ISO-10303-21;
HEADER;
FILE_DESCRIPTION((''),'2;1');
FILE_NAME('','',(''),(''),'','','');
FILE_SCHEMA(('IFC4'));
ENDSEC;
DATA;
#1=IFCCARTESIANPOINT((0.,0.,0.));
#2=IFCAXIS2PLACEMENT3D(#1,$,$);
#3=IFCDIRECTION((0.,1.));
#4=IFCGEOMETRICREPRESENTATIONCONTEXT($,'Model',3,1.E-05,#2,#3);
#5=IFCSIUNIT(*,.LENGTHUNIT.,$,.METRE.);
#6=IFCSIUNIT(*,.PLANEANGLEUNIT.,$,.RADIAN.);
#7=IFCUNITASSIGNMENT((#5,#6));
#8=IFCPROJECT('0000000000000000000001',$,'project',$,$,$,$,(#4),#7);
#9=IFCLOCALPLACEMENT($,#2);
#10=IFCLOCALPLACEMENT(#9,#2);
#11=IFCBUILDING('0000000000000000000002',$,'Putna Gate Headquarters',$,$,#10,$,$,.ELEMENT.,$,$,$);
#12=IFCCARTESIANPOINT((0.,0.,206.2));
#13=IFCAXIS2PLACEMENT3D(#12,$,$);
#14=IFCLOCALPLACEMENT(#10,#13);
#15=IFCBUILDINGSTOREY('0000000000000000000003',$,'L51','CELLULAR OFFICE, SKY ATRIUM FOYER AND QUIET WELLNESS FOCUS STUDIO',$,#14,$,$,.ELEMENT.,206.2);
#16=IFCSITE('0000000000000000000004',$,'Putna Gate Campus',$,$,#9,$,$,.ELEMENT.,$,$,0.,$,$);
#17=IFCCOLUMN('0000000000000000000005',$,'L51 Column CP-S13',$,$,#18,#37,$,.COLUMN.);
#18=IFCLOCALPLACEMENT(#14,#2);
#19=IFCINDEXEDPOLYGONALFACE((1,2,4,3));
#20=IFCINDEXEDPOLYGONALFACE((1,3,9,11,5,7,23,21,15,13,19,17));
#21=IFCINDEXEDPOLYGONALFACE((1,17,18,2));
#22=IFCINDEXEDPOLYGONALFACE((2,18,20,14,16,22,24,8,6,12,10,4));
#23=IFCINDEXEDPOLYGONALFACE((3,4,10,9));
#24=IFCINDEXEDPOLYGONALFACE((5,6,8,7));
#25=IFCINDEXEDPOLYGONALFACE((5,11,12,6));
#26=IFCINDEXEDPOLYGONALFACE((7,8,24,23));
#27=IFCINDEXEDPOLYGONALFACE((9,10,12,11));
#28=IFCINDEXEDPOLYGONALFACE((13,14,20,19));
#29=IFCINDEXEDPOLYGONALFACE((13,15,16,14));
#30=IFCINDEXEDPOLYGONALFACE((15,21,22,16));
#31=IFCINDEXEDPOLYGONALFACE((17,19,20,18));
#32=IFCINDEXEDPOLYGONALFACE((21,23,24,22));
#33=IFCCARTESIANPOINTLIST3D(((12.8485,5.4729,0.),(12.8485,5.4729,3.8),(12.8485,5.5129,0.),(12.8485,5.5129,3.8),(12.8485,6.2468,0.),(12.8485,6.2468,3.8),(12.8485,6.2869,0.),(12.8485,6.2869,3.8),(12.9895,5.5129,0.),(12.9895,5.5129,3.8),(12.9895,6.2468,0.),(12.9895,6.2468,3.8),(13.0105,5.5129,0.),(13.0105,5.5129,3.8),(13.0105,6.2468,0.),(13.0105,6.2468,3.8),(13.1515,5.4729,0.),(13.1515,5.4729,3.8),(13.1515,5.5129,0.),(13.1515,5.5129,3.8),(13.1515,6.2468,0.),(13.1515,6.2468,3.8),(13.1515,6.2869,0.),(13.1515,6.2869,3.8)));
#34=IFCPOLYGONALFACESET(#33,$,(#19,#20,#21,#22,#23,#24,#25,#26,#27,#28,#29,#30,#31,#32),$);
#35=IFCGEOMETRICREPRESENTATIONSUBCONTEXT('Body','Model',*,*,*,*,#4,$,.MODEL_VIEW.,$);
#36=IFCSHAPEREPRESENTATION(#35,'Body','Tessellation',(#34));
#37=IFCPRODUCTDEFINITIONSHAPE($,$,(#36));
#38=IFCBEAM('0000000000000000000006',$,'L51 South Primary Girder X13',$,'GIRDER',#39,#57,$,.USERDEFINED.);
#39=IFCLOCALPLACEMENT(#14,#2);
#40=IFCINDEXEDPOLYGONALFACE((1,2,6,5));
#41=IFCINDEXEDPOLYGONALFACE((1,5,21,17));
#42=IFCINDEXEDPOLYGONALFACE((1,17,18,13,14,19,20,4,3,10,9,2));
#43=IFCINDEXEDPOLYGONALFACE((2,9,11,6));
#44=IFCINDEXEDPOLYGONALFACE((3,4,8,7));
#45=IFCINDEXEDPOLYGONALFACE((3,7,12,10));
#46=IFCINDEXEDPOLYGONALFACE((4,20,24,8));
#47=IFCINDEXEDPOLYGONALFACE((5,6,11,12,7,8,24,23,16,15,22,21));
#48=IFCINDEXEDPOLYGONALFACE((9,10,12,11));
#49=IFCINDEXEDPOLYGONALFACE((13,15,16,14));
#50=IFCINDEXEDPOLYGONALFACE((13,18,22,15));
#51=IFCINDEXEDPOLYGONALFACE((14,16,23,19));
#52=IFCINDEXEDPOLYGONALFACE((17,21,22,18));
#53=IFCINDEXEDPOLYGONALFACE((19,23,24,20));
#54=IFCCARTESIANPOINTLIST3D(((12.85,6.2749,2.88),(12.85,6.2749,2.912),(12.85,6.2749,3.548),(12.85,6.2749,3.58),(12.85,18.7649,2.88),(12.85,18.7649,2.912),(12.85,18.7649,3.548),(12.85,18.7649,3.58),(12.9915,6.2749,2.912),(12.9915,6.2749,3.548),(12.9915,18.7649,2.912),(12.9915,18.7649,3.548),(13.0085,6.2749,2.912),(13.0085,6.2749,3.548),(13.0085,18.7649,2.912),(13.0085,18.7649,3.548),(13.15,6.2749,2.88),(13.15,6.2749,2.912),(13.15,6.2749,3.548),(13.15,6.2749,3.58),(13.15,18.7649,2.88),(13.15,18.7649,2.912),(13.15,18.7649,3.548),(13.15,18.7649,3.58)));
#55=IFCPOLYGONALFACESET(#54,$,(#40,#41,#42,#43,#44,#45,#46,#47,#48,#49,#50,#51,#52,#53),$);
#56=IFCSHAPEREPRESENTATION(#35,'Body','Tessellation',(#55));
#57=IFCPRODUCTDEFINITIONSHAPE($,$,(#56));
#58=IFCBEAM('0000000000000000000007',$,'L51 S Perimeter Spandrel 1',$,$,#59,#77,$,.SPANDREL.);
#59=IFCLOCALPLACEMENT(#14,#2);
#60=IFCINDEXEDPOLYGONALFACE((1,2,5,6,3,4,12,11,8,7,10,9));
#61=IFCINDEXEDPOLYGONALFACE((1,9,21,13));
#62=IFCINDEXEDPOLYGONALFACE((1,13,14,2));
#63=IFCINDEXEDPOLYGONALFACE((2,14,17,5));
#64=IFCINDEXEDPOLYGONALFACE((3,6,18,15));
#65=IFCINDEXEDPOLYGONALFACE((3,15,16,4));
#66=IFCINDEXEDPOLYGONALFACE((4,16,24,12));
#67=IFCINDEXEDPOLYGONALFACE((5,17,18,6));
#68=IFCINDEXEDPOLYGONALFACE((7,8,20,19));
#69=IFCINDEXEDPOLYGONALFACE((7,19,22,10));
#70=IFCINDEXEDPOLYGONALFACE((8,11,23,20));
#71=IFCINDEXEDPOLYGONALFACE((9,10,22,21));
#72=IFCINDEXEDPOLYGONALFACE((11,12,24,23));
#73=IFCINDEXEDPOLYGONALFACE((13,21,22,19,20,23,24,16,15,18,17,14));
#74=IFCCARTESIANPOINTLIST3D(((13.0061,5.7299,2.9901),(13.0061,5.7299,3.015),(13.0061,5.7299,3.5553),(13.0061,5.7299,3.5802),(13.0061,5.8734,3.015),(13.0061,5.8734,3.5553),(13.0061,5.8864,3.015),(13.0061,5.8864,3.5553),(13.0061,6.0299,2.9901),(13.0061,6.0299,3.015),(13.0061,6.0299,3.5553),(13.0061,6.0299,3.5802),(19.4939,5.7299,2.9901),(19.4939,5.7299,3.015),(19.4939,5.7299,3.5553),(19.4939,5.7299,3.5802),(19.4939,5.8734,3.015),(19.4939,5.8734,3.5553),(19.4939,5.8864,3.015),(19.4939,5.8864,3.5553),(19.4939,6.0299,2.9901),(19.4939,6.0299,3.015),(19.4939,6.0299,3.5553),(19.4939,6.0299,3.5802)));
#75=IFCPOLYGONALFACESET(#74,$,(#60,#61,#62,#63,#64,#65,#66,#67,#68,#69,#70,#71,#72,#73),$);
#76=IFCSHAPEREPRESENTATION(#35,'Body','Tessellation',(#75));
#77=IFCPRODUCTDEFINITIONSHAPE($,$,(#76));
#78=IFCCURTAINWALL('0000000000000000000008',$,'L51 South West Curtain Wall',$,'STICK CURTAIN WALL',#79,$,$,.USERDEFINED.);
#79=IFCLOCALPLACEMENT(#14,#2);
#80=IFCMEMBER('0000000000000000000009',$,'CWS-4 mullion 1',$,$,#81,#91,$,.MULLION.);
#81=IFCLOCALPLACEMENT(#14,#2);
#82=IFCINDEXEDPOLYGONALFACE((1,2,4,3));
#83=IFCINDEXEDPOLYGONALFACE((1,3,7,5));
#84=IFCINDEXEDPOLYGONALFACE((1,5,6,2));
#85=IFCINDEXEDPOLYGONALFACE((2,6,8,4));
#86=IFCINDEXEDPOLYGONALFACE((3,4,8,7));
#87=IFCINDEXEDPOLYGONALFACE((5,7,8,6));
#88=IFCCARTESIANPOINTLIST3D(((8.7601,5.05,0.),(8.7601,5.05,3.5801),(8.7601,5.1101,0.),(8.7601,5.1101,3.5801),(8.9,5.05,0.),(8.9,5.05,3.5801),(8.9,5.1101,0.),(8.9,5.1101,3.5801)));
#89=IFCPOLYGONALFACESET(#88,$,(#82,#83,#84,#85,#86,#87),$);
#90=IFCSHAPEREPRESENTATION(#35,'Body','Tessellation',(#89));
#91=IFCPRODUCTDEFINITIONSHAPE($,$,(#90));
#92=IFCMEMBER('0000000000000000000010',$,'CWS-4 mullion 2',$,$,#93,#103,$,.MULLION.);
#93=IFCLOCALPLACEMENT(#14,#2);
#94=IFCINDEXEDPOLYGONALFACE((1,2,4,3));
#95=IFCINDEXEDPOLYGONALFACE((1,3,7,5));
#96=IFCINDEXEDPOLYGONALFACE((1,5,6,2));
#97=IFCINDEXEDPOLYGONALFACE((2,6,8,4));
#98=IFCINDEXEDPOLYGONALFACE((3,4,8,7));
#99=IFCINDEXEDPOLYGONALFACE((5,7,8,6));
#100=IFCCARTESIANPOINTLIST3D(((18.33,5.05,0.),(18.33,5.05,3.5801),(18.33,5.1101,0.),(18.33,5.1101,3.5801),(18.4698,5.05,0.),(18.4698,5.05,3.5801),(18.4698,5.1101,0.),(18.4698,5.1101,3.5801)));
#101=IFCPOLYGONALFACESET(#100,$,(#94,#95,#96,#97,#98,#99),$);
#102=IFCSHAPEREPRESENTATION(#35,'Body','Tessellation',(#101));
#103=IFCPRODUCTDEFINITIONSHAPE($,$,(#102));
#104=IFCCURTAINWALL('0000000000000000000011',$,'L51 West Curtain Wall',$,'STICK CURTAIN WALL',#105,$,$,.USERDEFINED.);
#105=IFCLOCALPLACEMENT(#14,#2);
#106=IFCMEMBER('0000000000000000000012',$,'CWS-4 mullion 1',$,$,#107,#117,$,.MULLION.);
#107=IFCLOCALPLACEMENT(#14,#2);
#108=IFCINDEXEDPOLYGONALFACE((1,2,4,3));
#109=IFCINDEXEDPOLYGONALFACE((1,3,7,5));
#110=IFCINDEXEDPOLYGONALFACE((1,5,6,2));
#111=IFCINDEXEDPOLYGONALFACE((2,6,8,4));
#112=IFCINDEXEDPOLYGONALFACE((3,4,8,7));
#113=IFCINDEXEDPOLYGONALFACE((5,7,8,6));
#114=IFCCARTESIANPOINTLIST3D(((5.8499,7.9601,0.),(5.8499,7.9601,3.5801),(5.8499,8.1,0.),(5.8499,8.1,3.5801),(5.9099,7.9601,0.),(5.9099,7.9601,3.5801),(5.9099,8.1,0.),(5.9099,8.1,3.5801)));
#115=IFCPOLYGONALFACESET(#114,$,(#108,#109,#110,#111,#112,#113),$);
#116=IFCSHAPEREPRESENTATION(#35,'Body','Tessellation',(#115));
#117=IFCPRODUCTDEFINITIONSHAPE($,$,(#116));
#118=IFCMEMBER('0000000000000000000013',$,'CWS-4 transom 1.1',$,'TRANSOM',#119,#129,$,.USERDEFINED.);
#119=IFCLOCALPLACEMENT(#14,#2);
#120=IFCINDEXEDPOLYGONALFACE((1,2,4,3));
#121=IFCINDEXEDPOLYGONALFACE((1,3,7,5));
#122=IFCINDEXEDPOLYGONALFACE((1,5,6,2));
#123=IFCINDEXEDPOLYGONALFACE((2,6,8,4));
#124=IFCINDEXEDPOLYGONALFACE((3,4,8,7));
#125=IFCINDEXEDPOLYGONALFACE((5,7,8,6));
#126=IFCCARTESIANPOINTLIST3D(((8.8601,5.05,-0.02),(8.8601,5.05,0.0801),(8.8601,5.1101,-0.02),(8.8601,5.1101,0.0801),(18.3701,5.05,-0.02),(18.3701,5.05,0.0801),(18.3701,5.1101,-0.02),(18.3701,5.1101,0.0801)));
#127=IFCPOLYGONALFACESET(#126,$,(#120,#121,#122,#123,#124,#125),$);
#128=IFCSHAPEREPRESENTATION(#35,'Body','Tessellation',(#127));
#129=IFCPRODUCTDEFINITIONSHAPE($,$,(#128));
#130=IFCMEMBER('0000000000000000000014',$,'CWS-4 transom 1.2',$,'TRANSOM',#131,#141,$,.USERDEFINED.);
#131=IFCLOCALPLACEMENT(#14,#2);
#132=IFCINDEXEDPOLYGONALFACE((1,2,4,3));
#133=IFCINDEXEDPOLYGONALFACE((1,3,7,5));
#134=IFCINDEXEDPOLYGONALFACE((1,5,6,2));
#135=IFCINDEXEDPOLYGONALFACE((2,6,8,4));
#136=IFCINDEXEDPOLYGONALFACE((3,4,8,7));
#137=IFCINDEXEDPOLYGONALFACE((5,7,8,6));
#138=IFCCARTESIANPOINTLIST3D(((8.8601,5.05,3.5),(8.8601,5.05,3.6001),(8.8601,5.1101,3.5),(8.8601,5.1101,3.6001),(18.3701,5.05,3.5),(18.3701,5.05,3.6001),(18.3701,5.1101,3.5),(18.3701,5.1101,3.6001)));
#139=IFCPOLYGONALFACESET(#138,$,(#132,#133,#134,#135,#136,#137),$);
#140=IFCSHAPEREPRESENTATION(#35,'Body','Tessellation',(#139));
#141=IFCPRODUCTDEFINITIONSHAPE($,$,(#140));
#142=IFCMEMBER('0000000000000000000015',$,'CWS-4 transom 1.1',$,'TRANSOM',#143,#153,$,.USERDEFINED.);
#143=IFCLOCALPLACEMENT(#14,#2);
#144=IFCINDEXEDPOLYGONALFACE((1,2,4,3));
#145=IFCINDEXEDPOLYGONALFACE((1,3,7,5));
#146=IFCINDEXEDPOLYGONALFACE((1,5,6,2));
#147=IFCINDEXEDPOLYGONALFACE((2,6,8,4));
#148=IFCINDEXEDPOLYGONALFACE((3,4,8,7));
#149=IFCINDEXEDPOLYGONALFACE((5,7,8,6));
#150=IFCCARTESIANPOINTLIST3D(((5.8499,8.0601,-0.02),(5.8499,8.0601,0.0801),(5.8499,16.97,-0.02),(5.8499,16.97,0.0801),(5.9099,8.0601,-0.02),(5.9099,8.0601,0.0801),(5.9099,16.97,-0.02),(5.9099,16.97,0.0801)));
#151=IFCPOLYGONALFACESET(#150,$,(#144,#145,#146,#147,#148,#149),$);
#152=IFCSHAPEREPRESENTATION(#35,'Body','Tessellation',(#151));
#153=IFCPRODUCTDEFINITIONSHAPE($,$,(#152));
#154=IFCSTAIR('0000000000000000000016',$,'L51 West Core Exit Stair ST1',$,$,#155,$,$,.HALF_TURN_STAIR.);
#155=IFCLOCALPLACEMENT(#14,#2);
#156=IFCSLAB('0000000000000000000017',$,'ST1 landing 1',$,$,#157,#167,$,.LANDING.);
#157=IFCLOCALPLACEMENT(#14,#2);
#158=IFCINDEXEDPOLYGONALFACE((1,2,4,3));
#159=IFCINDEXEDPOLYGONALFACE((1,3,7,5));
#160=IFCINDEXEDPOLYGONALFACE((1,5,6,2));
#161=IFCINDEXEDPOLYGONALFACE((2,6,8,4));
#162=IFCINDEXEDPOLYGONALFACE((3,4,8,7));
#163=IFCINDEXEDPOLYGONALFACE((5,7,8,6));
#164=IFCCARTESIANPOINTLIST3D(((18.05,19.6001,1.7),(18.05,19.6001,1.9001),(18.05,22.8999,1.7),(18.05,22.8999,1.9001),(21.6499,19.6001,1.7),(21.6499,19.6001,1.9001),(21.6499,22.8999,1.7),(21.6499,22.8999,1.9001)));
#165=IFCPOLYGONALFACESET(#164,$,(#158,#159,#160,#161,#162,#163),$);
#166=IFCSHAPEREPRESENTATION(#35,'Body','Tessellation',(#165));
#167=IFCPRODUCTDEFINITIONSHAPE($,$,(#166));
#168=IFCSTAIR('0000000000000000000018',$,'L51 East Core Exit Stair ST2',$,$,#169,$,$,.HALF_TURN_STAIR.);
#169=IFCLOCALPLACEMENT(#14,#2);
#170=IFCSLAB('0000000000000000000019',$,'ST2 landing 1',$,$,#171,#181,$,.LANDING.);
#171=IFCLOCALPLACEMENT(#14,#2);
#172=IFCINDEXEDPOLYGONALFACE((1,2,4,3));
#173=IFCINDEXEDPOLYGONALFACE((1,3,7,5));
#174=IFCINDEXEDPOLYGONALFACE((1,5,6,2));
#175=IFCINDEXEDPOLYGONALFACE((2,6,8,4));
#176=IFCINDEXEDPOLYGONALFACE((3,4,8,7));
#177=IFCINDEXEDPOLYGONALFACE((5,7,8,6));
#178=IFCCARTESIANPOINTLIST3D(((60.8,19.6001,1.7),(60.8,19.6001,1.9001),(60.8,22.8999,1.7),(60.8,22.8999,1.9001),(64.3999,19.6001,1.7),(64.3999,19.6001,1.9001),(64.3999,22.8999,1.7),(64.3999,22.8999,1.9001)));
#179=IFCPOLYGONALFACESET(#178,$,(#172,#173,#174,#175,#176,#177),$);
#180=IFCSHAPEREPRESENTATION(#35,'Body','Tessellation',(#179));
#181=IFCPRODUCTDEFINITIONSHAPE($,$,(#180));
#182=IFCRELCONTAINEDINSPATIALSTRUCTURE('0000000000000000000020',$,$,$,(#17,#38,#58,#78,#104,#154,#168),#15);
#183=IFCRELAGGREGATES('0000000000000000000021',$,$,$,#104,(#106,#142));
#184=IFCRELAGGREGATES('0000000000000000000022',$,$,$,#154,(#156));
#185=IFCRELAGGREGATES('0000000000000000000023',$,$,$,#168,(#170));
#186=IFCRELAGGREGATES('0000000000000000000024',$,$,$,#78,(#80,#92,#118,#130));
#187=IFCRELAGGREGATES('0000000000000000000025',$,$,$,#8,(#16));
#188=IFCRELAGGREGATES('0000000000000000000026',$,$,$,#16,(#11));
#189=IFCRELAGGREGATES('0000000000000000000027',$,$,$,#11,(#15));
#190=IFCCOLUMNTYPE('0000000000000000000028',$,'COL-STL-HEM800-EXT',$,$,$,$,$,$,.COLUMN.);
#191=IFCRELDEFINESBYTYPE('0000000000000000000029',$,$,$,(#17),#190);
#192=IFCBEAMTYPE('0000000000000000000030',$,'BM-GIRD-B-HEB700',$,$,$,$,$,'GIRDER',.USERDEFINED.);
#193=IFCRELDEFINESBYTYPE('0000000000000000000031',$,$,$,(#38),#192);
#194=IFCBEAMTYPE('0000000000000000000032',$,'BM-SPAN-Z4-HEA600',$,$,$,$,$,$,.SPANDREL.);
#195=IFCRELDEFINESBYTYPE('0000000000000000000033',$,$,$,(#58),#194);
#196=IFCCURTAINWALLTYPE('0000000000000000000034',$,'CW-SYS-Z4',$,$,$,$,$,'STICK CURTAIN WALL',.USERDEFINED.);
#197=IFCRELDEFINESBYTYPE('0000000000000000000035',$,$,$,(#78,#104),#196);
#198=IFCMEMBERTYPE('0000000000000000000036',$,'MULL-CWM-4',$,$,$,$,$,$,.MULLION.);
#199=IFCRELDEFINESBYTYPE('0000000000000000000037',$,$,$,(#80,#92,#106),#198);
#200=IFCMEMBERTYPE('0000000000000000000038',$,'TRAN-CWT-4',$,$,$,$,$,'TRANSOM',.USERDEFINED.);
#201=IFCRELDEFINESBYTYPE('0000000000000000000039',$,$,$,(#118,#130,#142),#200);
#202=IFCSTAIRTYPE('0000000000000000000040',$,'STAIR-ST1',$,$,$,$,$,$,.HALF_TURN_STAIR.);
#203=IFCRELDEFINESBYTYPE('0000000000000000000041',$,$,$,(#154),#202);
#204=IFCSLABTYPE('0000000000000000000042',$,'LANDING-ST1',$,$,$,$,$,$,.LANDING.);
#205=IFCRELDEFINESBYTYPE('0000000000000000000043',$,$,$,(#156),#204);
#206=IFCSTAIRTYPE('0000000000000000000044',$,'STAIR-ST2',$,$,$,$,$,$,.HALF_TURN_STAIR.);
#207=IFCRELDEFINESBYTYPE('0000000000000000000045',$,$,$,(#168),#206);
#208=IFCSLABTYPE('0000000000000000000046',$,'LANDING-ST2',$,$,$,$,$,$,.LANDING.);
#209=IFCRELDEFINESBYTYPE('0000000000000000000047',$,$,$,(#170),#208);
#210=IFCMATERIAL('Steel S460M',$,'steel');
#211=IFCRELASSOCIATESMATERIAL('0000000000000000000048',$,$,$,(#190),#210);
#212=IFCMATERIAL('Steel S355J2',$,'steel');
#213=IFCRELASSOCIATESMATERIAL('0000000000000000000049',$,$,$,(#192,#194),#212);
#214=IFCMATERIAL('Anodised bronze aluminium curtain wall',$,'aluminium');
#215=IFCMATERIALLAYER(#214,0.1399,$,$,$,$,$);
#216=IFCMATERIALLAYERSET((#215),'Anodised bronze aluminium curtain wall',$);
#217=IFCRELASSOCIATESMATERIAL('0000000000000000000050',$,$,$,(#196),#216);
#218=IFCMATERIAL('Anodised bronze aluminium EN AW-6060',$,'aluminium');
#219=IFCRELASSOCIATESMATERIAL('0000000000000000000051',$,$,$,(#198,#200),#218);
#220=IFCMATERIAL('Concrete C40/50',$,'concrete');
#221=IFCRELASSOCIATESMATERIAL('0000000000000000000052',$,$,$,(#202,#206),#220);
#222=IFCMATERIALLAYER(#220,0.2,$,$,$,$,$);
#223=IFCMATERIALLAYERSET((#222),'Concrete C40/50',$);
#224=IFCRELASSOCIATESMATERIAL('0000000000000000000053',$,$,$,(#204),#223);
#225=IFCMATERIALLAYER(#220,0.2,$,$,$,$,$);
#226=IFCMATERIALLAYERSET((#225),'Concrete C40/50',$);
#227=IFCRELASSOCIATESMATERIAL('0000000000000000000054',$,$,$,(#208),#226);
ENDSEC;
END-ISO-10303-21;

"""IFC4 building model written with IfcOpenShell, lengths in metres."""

from ifc_helpers import new_model, si_unit, direction, frame, origin, origin_2d, place, context, subcontext, project, spatial, polyline, rectangle, i_section, outline, extrude, material, layer, layer_set, material_profile, profile_set, type_object, element, aggregate, save


model = new_model("IFC4")

# Units and contexts
model_context = context("Model", 3, precision=1e-05, world=origin(), true_north=direction((0.0, 1.0)))
body_context = subcontext(model_context, "Body", "Model", "MODEL_VIEW")
ifc_project = project(units=[si_unit("LENGTHUNIT", "METRE"), si_unit("PLANEANGLEUNIT", "RADIAN")], contexts=[model_context])

# Site, building, storey
site_placement = place(None, origin())
site = spatial("IfcSite", under=ifc_project, at=site_placement, Name="Putna Gate Campus", CompositionType="ELEMENT", RefElevation=0.0)
building_placement = place(site_placement, origin())
building = spatial("IfcBuilding", under=site, at=building_placement, Name="Putna Gate Headquarters", CompositionType="ELEMENT")
storey_placement = place(building_placement, frame((0.0, 0.0, 206.2)))
storey = spatial("IfcBuildingStorey", under=building, at=storey_placement, Name="L51", Description="CELLULAR OFFICE, SKY ATRIUM FOYER AND QUIET WELLNESS FOCUS STUDIO", CompositionType="ELEMENT", Elevation=206.2)

# Column
ifc_material_1 = material(Name="Steel S460M", Category="steel")
ifc_material_profile_1 = material_profile(ifc_material_1, i_section(OverallWidth=0.303, OverallDepth=0.814, WebThickness=0.021, FlangeThickness=0.04, at=origin_2d()), Name="Steel S460M")
ifc_profile_set_1 = profile_set([ifc_material_profile_1], Name="Steel S460M")
column_type = type_object("IfcColumnType", Name="COL-STL-HEM800-EXT", PredefinedType="COLUMN", material=ifc_profile_set_1)
column_placement = place(storey_placement, frame((13.0, 5.8799, 0.0), z_axis=(0.0, 0.0, 1.0), x_axis=(1.0, 0.0, 0.0)))
element("IfcColumn", 1, at=column_placement, inside=storey, type_object=column_type, Name="L51 Column CP-S13", PredefinedType="COLUMN", context=body_context, shape_type="SweptSolid", body=[
    extrude(i_section(OverallWidth=0.303, OverallDepth=0.814, WebThickness=0.021, FlangeThickness=0.04, at=origin_2d()), origin(), (0.0, 0.0, 1.0), 3.8),
])

# Beams
ifc_material_2 = material(Name="Steel S355J2", Category="steel")
ifc_material_profile_2 = material_profile(ifc_material_2, i_section(OverallWidth=0.3, OverallDepth=0.7, WebThickness=0.0171, FlangeThickness=0.032, at=origin_2d()), Name="Steel S355J2")
ifc_profile_set_2 = profile_set([ifc_material_profile_2], Name="Steel S355J2")
beam_type_1 = type_object("IfcBeamType", Name="BM-GIRD-B-HEB700", ElementType="GIRDER", PredefinedType="USERDEFINED", material=ifc_profile_set_2)
beam_1_placement = place(storey_placement, frame((13.0, 6.2749, 3.23), z_axis=(0.0, 1.0, 0.0), x_axis=(-1.0, 0.0, 0.0)))
element("IfcBeam", 2, at=beam_1_placement, inside=storey, type_object=beam_type_1, Name="L51 South Primary Girder X13", ObjectType="GIRDER", PredefinedType="USERDEFINED", context=body_context, shape_type="SweptSolid", body=[
    extrude(i_section(OverallWidth=0.3, OverallDepth=0.7, WebThickness=0.0171, FlangeThickness=0.032, at=origin_2d()), origin(), (0.0, 0.0, 1.0), 12.49),
])
ifc_material_profile_3 = material_profile(ifc_material_2, i_section(OverallWidth=0.3, OverallDepth=0.5901, WebThickness=0.0129, FlangeThickness=0.0249, at=origin_2d()), Name="Steel S355J2")
ifc_profile_set_3 = profile_set([ifc_material_profile_3], Name="Steel S355J2")
beam_type_2 = type_object("IfcBeamType", Name="BM-SPAN-Z4-HEA600", PredefinedType="SPANDREL", material=ifc_profile_set_3)
beam_2_placement = place(storey_placement, frame((13.0061, 5.8799, 3.2852), z_axis=(1.0, 0.0, 0.0), x_axis=(0.0, 1.0, 0.0)))
element("IfcBeam", 3, at=beam_2_placement, inside=storey, type_object=beam_type_2, Name="L51 S Perimeter Spandrel 1", PredefinedType="SPANDREL", context=body_context, shape_type="SweptSolid", body=[
    extrude(i_section(OverallWidth=0.3, OverallDepth=0.5901, WebThickness=0.0129, FlangeThickness=0.0249, at=origin_2d()), origin(), (0.0, 0.0, 1.0), 6.4878),
])

# Curtain wall, members
ifc_material_3 = material(Name="Anodised bronze aluminium curtain wall", Category="aluminium")
ifc_layer_1 = layer(ifc_material_3, 0.1399)
ifc_layer_set_1 = layer_set([ifc_layer_1], Name="Anodised bronze aluminium curtain wall")
curtain_wall_type = type_object("IfcCurtainWallType", Name="CW-SYS-Z4", ElementType="STICK CURTAIN WALL", PredefinedType="USERDEFINED", material=ifc_layer_set_1)
curtain_wall_1_placement = place(storey_placement, origin())
curtain_wall_1 = element("IfcCurtainWall", 4, at=curtain_wall_1_placement, inside=storey, type_object=curtain_wall_type, Name="L51 South West Curtain Wall", ObjectType="STICK CURTAIN WALL", PredefinedType="USERDEFINED")
ifc_material_4 = material(Name="Anodised bronze aluminium EN AW-6060", Category="aluminium")
ifc_material_profile_4 = material_profile(ifc_material_4, rectangle(XDim=0.0601, YDim=0.1399, at=origin_2d()), Name="Anodised bronze aluminium EN AW-6060")
ifc_profile_set_4 = profile_set([ifc_material_profile_4], Name="Anodised bronze aluminium EN AW-6060")
member_type_1 = type_object("IfcMemberType", Name="MULL-CWM-4", PredefinedType="MULLION", material=ifc_profile_set_4)
member_1_placement = place(storey_placement, frame((8.8301, 5.0801, 0.0), z_axis=(0.0, 0.0, 1.0), x_axis=(0.0, 1.0, 0.0)))
member_1 = element("IfcMember", 5, at=member_1_placement, type_object=member_type_1, Name="CWS-4 mullion 1", PredefinedType="MULLION", context=body_context, shape_type="SweptSolid", body=[
    extrude(rectangle(XDim=0.0601, YDim=0.1399, at=origin_2d()), origin(), (0.0, 0.0, 1.0), 3.5801),
])
member_2_placement = place(storey_placement, frame((18.3999, 5.0801, 0.0), z_axis=(0.0, 0.0, 1.0), x_axis=(0.0, 1.0, 0.0)))
member_2 = element("IfcMember", 6, at=member_2_placement, type_object=member_type_1, Name="CWS-4 mullion 2", PredefinedType="MULLION", context=body_context, shape_type="SweptSolid", body=[
    extrude(rectangle(XDim=0.0601, YDim=0.1399, at=origin_2d()), origin(), (0.0, 0.0, 1.0), 3.5801),
])

# Curtain wall, member
curtain_wall_2_placement = place(storey_placement, origin())
curtain_wall_2 = element("IfcCurtainWall", 7, at=curtain_wall_2_placement, inside=storey, type_object=curtain_wall_type, Name="L51 West Curtain Wall", ObjectType="STICK CURTAIN WALL", PredefinedType="USERDEFINED")
member_3_placement = place(storey_placement, frame((5.8799, 8.03, 0.0), z_axis=(0.0, 0.0, 1.0), x_axis=(-1.0, 0.0, 0.0)))
member_3 = element("IfcMember", 8, at=member_3_placement, type_object=member_type_1, Name="CWS-4 mullion 1", PredefinedType="MULLION", context=body_context, shape_type="SweptSolid", body=[
    extrude(rectangle(XDim=0.0601, YDim=0.1399, at=origin_2d()), origin(), (0.0, 0.0, 1.0), 3.5801),
])

# Members
ifc_material_profile_5 = material_profile(ifc_material_4, rectangle(XDim=0.0601, YDim=0.1001, at=origin_2d()), Name="Anodised bronze aluminium EN AW-6060")
ifc_profile_set_5 = profile_set([ifc_material_profile_5], Name="Anodised bronze aluminium EN AW-6060")
member_type_2 = type_object("IfcMemberType", Name="TRAN-CWT-4", ElementType="TRANSOM", PredefinedType="USERDEFINED", material=ifc_profile_set_5)
member_4_placement = place(storey_placement, frame((8.8601, 5.0801, 0.03), z_axis=(1.0, 0.0, 0.0), x_axis=(0.0, 1.0, 0.0)))
member_4 = element("IfcMember", 9, at=member_4_placement, type_object=member_type_2, Name="CWS-4 transom 1.1", ObjectType="TRANSOM", PredefinedType="USERDEFINED", context=body_context, shape_type="SweptSolid", body=[
    extrude(rectangle(XDim=0.0601, YDim=0.1001, at=origin_2d()), origin(), (0.0, 0.0, 1.0), 9.51),
])
member_5_placement = place(storey_placement, frame((8.8601, 5.0801, 3.55), z_axis=(1.0, 0.0, 0.0), x_axis=(0.0, 1.0, 0.0)))
member_5 = element("IfcMember", 10, at=member_5_placement, type_object=member_type_2, Name="CWS-4 transom 1.2", ObjectType="TRANSOM", PredefinedType="USERDEFINED", context=body_context, shape_type="SweptSolid", body=[
    extrude(rectangle(XDim=0.0601, YDim=0.1001, at=origin_2d()), origin(), (0.0, 0.0, 1.0), 9.51),
])
member_6_placement = place(storey_placement, frame((5.8799, 8.0601, 0.03), z_axis=(0.0, 1.0, 0.0), x_axis=(-1.0, 0.0, 0.0)))
member_6 = element("IfcMember", 11, at=member_6_placement, type_object=member_type_2, Name="CWS-4 transom 1.1", ObjectType="TRANSOM", PredefinedType="USERDEFINED", context=body_context, shape_type="SweptSolid", body=[
    extrude(rectangle(XDim=0.0601, YDim=0.1001, at=origin_2d()), origin(), (0.0, 0.0, 1.0), 8.9099),
])
aggregate(curtain_wall_2, [member_3, member_6])

# Stairs, slabs
ifc_material_5 = material(Name="Concrete C40/50", Category="concrete")
stair_type_1 = type_object("IfcStairType", Name="STAIR-ST1", PredefinedType="HALF_TURN_STAIR", material=ifc_material_5)
stair_1_placement = place(storey_placement, origin())
stair_1 = element("IfcStair", 12, at=stair_1_placement, inside=storey, type_object=stair_type_1, Name="L51 West Core Exit Stair ST1", PredefinedType="HALF_TURN_STAIR")
ifc_layer_2 = layer(ifc_material_5, 0.2)
ifc_layer_set_2 = layer_set([ifc_layer_2], Name="Concrete C40/50")
slab_type_1 = type_object("IfcSlabType", Name="LANDING-ST1", PredefinedType="LANDING", material=ifc_layer_set_2)
slab_1_placement = place(storey_placement, frame((0.0, 0.0, 1.7)))
slab_1 = element("IfcSlab", 13, at=slab_1_placement, type_object=slab_type_1, Name="ST1 landing 1", PredefinedType="LANDING", context=body_context, shape_type="SweptSolid", body=[
    extrude(outline(polyline([(18.05, 19.6001), (21.6499, 19.6001), (21.6499, 22.8999), (18.05, 22.8999), (18.05, 19.6001)])), origin(), (0.0, 0.0, 1.0), 0.2002),
])
aggregate(stair_1, [slab_1])
stair_type_2 = type_object("IfcStairType", Name="STAIR-ST2", PredefinedType="HALF_TURN_STAIR", material=ifc_material_5)
stair_2_placement = place(storey_placement, origin())
stair_2 = element("IfcStair", 14, at=stair_2_placement, inside=storey, type_object=stair_type_2, Name="L51 East Core Exit Stair ST2", PredefinedType="HALF_TURN_STAIR")
ifc_layer_3 = layer(ifc_material_5, 0.2)
ifc_layer_set_3 = layer_set([ifc_layer_3], Name="Concrete C40/50")
slab_type_2 = type_object("IfcSlabType", Name="LANDING-ST2", PredefinedType="LANDING", material=ifc_layer_set_3)
slab_2_placement = place(storey_placement, frame((0.0, 0.0, 1.7)))
slab_2 = element("IfcSlab", 15, at=slab_2_placement, type_object=slab_type_2, Name="ST2 landing 1", PredefinedType="LANDING", context=body_context, shape_type="SweptSolid", body=[
    extrude(outline(polyline([(60.8, 19.6001), (64.3999, 19.6001), (64.3999, 22.8999), (60.8, 22.8999), (60.8, 19.6001)])), origin(), (0.0, 0.0, 1.0), 0.2002),
])
aggregate(stair_2, [slab_2])

aggregate(curtain_wall_1, [member_1, member_2, member_4, member_5])

save(model, "model.ifc")
